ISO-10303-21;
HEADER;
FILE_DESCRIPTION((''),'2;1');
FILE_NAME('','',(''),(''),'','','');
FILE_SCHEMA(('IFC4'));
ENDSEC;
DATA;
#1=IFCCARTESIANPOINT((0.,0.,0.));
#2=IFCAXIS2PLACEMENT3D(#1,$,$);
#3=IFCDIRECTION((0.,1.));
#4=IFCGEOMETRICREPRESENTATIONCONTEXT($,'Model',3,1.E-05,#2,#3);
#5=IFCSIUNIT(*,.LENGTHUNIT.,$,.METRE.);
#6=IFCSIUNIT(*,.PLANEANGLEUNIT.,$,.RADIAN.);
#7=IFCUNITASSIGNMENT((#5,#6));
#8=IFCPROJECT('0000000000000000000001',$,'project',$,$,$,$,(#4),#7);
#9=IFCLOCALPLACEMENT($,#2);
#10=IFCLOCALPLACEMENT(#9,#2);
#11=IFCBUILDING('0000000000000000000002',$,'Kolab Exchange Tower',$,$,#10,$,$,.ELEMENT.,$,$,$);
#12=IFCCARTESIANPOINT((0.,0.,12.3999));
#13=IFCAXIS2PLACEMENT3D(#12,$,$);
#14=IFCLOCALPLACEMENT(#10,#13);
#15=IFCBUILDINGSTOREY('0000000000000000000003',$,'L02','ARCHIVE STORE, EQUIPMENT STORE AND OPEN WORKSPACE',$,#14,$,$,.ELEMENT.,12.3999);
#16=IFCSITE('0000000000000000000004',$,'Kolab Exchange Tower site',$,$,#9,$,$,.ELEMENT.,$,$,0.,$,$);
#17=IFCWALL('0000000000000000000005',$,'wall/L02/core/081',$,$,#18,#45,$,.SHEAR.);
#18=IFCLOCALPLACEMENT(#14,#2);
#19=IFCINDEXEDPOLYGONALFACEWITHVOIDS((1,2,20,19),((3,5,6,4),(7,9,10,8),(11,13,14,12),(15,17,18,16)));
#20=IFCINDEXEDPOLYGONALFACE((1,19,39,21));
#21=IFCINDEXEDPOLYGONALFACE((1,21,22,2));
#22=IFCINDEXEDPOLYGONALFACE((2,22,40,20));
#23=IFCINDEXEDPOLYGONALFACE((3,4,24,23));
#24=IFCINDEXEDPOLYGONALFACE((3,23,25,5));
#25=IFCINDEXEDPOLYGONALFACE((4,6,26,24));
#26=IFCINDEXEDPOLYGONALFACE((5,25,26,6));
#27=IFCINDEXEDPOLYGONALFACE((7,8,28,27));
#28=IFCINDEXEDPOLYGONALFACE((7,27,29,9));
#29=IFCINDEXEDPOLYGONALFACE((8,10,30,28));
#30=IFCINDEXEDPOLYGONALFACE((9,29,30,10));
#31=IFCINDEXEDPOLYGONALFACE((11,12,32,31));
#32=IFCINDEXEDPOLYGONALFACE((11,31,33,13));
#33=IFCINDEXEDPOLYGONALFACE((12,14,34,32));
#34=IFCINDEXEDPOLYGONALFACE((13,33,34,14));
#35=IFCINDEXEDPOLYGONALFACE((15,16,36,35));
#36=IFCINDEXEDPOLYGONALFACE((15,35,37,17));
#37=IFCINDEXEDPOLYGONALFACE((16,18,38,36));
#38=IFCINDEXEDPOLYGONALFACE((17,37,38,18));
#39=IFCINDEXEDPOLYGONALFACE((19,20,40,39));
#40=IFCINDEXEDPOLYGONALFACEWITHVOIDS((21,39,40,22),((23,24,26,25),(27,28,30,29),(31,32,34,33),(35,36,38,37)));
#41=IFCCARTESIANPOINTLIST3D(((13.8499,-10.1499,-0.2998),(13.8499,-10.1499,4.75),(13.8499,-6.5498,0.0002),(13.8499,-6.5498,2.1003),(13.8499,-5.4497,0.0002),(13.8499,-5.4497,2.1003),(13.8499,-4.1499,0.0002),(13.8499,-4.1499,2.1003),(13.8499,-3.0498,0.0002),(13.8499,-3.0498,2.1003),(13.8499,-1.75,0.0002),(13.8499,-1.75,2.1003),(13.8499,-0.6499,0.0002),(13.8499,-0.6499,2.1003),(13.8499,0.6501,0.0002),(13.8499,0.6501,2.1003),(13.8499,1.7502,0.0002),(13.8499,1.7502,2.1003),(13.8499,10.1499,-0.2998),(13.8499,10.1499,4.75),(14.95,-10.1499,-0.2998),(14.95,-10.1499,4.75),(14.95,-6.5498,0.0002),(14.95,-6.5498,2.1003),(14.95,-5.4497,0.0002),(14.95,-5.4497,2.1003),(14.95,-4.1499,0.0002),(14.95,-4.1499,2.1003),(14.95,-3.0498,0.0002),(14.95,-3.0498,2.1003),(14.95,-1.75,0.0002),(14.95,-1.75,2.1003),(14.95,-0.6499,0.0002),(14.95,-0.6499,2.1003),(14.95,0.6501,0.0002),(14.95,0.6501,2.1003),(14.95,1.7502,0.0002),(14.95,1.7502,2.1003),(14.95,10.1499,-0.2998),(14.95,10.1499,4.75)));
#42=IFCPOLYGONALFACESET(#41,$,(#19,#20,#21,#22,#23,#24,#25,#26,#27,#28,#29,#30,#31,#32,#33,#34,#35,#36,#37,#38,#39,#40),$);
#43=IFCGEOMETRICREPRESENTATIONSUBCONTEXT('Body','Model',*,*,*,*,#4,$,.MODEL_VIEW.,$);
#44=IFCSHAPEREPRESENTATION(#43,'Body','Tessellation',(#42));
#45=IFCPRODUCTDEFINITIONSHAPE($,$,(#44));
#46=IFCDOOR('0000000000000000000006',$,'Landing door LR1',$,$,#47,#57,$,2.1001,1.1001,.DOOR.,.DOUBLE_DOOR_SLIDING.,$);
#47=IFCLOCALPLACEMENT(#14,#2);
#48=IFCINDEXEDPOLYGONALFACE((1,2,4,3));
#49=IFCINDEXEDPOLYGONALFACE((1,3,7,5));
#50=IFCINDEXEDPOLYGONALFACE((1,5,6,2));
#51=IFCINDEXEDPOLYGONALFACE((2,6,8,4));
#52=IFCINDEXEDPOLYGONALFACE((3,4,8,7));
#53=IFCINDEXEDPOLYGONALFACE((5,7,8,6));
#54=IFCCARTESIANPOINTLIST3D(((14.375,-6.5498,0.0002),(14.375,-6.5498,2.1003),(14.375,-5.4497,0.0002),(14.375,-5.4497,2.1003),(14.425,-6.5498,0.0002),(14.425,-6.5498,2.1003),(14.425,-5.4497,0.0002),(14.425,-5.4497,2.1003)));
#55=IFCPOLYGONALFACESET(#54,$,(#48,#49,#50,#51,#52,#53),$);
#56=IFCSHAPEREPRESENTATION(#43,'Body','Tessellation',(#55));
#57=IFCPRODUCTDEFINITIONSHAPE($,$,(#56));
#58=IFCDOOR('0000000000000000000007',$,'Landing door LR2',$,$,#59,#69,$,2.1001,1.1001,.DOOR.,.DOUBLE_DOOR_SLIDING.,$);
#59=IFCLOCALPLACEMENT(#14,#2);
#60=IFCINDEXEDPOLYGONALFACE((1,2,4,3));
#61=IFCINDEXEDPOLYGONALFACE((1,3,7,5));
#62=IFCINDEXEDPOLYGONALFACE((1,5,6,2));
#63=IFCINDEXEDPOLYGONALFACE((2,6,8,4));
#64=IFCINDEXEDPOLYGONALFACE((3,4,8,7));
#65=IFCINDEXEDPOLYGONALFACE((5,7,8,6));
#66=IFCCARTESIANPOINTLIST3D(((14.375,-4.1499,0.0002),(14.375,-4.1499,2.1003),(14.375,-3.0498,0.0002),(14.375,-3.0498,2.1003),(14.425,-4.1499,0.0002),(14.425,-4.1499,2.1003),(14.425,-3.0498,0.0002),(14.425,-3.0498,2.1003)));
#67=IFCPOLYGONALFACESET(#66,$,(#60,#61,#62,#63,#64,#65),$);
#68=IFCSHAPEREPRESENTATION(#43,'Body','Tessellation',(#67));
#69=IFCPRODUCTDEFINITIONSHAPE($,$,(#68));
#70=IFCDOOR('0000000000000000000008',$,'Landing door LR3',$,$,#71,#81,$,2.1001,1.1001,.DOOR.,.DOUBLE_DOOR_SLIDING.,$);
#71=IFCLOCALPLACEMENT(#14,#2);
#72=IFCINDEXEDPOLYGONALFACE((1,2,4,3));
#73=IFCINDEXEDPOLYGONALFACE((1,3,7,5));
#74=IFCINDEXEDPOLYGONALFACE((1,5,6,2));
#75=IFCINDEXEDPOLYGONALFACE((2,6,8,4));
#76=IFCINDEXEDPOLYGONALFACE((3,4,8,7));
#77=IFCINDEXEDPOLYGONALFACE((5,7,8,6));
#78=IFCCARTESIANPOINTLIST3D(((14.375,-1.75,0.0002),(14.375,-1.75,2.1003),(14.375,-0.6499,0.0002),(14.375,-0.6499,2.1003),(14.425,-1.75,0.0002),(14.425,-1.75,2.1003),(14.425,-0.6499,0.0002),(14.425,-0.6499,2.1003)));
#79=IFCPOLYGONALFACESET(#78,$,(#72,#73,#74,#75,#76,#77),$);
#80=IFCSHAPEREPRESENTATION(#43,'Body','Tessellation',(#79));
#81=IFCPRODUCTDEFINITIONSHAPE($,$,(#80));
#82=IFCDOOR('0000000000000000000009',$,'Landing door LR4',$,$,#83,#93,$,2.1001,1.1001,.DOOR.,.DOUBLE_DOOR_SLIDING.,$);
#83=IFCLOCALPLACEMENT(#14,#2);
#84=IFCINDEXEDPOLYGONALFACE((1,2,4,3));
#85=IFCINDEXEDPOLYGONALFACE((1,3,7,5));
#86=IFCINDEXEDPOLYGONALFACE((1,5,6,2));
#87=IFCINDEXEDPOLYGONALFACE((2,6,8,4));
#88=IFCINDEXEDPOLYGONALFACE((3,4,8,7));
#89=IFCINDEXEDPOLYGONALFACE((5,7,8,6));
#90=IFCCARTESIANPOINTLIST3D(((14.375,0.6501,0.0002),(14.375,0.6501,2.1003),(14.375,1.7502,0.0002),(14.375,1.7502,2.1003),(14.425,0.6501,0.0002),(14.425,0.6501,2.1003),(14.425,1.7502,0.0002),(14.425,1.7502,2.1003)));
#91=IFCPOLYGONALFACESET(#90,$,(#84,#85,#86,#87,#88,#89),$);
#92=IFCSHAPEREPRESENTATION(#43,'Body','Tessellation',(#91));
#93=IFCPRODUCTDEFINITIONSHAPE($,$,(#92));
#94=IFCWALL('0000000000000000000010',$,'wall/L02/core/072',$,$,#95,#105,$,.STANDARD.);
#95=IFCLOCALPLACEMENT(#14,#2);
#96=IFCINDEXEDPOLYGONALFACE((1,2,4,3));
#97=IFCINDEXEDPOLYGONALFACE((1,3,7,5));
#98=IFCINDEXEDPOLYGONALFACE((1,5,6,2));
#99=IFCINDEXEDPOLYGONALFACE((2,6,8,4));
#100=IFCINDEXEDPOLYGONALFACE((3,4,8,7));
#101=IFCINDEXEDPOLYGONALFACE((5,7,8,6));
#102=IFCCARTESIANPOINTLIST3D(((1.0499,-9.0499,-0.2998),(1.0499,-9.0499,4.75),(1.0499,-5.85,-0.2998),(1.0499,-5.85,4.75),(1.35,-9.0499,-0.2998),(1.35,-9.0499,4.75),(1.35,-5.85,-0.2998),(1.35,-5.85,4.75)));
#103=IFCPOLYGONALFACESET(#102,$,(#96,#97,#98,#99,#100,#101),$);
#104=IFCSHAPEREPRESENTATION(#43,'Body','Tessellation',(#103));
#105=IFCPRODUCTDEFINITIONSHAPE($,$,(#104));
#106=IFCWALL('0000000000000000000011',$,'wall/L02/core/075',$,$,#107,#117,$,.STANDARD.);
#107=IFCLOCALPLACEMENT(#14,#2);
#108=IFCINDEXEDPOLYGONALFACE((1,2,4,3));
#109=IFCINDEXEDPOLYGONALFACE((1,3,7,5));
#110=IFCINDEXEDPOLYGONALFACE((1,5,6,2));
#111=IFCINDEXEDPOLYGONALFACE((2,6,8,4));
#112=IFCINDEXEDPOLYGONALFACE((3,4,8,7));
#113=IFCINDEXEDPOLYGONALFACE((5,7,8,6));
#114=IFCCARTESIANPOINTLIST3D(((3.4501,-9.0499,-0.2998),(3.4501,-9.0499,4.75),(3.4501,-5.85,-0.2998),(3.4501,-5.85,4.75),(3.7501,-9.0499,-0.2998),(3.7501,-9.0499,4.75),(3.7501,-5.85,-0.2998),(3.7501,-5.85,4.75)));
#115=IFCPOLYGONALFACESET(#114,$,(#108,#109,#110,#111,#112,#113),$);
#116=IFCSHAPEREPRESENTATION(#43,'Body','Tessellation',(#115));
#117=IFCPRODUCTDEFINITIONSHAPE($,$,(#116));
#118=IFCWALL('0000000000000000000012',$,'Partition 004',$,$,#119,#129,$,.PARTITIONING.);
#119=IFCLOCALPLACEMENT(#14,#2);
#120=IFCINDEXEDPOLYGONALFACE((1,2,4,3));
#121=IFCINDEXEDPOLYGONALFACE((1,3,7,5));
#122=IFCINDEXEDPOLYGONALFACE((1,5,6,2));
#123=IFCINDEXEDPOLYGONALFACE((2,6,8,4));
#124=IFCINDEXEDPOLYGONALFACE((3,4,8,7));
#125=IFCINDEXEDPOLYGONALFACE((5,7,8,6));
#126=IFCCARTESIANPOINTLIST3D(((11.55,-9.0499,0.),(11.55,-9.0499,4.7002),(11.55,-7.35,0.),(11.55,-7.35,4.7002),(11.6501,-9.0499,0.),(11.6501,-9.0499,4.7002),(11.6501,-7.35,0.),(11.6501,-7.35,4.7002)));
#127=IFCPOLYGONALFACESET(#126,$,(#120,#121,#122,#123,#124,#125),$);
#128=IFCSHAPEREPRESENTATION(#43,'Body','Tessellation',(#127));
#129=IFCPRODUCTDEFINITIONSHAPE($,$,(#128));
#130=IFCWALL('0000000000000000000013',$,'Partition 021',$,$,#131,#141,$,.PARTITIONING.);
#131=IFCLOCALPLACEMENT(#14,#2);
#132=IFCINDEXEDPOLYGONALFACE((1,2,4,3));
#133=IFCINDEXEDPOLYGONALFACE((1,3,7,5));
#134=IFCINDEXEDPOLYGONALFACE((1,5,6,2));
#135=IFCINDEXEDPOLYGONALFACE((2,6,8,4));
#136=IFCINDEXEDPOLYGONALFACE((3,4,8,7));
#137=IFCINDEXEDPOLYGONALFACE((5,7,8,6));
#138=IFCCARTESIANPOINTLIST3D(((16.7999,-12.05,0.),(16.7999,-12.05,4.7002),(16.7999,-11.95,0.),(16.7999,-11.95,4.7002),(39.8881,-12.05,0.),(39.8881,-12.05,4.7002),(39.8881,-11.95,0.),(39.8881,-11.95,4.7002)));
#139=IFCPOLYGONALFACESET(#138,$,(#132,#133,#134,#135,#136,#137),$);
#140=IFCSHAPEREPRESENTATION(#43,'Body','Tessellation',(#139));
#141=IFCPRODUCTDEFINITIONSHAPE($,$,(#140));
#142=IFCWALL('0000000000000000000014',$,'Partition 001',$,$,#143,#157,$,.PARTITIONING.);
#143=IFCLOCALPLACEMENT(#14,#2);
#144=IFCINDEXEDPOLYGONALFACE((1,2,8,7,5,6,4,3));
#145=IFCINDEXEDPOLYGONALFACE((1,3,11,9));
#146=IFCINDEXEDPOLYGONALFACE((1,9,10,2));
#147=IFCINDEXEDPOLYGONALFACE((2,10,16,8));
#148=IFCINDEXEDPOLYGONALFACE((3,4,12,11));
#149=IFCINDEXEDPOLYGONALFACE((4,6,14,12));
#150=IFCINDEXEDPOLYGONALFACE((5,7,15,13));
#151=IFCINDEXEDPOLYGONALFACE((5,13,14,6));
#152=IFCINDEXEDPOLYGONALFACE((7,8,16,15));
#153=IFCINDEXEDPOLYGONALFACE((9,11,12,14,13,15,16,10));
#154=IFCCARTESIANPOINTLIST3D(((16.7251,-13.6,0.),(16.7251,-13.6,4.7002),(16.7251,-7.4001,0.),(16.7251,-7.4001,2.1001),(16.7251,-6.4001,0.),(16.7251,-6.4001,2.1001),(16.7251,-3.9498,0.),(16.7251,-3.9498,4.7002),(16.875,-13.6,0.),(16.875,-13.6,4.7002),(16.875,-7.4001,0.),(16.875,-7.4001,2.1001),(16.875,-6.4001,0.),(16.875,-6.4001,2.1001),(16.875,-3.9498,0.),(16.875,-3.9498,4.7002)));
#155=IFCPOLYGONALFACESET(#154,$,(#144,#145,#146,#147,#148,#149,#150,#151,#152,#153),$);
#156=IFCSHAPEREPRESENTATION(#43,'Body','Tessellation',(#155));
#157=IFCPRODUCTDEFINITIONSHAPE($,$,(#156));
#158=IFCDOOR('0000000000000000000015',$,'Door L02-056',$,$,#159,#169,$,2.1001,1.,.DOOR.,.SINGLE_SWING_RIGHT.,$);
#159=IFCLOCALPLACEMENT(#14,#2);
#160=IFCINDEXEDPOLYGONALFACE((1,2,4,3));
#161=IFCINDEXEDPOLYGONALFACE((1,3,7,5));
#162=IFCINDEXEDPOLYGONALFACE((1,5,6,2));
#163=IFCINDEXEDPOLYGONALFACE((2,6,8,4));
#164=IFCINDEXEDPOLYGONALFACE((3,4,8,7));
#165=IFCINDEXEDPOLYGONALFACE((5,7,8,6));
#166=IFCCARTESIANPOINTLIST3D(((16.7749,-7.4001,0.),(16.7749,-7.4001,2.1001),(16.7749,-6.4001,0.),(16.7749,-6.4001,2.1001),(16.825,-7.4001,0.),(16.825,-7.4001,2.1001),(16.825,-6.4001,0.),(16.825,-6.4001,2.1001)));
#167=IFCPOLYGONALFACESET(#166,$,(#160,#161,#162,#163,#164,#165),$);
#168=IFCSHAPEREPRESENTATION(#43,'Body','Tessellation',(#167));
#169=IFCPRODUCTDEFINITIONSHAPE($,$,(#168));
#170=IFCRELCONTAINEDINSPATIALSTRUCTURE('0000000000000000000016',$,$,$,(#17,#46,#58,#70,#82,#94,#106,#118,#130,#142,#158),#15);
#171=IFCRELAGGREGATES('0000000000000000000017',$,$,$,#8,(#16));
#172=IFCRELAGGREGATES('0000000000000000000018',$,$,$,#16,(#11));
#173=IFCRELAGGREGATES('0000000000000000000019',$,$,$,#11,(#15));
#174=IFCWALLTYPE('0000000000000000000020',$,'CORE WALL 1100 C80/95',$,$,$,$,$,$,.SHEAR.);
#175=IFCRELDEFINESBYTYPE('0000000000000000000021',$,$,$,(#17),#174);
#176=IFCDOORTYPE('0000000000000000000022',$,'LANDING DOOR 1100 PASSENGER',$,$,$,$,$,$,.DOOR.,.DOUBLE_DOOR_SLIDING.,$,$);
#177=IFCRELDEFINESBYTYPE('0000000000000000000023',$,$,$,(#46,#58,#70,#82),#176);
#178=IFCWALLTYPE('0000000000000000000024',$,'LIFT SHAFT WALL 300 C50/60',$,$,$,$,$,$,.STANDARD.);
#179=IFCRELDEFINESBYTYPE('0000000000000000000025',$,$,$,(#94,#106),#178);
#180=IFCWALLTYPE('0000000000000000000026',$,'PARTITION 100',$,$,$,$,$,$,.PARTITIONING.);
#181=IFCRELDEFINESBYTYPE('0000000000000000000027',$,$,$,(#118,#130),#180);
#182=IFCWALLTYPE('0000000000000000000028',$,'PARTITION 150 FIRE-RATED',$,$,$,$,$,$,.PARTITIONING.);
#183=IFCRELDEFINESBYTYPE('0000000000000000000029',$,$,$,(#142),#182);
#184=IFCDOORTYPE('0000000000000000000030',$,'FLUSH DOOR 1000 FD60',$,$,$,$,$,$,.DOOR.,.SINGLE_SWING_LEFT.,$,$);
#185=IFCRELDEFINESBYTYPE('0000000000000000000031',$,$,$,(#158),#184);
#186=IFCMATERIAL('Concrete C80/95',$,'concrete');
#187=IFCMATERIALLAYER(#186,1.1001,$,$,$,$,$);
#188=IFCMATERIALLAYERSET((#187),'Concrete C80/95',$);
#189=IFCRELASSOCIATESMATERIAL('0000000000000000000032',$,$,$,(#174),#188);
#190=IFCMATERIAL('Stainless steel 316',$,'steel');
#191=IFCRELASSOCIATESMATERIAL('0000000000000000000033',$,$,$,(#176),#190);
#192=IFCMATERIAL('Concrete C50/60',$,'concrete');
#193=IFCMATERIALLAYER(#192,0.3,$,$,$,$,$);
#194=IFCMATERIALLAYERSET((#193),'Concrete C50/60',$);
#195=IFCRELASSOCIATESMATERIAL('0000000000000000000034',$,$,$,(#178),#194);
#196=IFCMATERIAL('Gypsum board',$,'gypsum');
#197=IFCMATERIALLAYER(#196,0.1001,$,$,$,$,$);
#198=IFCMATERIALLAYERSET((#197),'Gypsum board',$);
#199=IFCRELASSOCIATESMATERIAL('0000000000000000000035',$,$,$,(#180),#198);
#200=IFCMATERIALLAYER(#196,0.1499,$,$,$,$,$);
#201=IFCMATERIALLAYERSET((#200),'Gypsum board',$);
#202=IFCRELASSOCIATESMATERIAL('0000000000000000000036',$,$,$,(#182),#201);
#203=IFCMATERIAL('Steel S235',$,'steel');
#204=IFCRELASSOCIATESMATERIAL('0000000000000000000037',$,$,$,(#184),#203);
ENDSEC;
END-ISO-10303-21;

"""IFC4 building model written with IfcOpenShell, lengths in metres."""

from ifc_helpers import new_model, si_unit, direction, frame, frame_2d, origin, place, context, subcontext, project, spatial, rectangle, extrude, material, layer, layer_set, type_object, element, fill, save


model = new_model("IFC4")

# Units and contexts
model_context = context("Model", 3, precision=1e-05, world=origin(), true_north=direction((0.0, 1.0)))
body_context = subcontext(model_context, "Body", "Model", "MODEL_VIEW")
ifc_project = project(units=[si_unit("LENGTHUNIT", "METRE"), si_unit("PLANEANGLEUNIT", "RADIAN")], contexts=[model_context])

# Site, building, storey
site_placement = place(None, origin())
site = spatial("IfcSite", under=ifc_project, at=site_placement, Name="Kolab Exchange Tower site", CompositionType="ELEMENT", RefElevation=0.0)
building_placement = place(site_placement, origin())
building = spatial("IfcBuilding", under=site, at=building_placement, Name="Kolab Exchange Tower", CompositionType="ELEMENT")
storey_placement = place(building_placement, frame((0.0, 0.0, 12.3999)))
storey = spatial("IfcBuildingStorey", under=building, at=storey_placement, Name="L02", Description="ARCHIVE STORE, EQUIPMENT STORE AND OPEN WORKSPACE", CompositionType="ELEMENT", Elevation=12.3999)

# Shared definitions
ifc_material_1 = material(Name="Concrete C80/95", Category="concrete")
ifc_layer_1 = layer(ifc_material_1, 1.1001)
ifc_layer_set_1 = layer_set([ifc_layer_1], Name="Concrete C80/95")
wall_type_1 = type_object("IfcWallType", Name="CORE WALL 1100 C80/95", PredefinedType="SHEAR", material=ifc_layer_set_1)
ifc_material_2 = material(Name="Steel S235", Category="steel")

# Wall, openings, doors
wall_1_placement = place(storey_placement, frame((14.3999, -10.1499, -0.2998), z_axis=(0.0, 0.0, 1.0), x_axis=(0.0, 1.0, 0.0)))
wall_1 = element("IfcWall", 1, at=wall_1_placement, inside=storey, type_object=wall_type_1, Name="wall/L02/core/081", PredefinedType="SHEAR", context=body_context, shape_type="SweptSolid", body=[
    extrude(rectangle(XDim=20.2998, YDim=1.1001, at=frame_2d((10.1499, 0.0))), origin(), (0.0, 0.0, 1.0), 5.0498),
])
opening_1_placement = place(wall_1_placement, frame((3.6001, 0.0, 0.3)))
opening_1 = element("IfcOpeningElement", 2, at=opening_1_placement, cuts=wall_1, PredefinedType="OPENING", context=body_context, shape_type="SweptSolid", body=[
    extrude(rectangle(XDim=1.1001, YDim=2.1001, at=frame_2d((0.55, 1.05))), frame((0.0, 0.5601, 0.0), z_axis=(0.0, -1.0, 0.0), x_axis=(1.0, 0.0, 0.0)), (0.0, 0.0, 1.0), 1.1201),
])
opening_2_placement = place(wall_1_placement, frame((6.0, 0.0, 0.3)))
opening_2 = element("IfcOpeningElement", 3, at=opening_2_placement, cuts=wall_1, PredefinedType="OPENING", context=body_context, shape_type="SweptSolid", body=[
    extrude(rectangle(XDim=1.1001, YDim=2.1001, at=frame_2d((0.55, 1.05))), frame((0.0, 0.5601, 0.0), z_axis=(0.0, -1.0, 0.0), x_axis=(1.0, 0.0, 0.0)), (0.0, 0.0, 1.0), 1.1201),
])
opening_3_placement = place(wall_1_placement, frame((8.3999, 0.0, 0.3)))
opening_3 = element("IfcOpeningElement", 4, at=opening_3_placement, cuts=wall_1, PredefinedType="OPENING", context=body_context, shape_type="SweptSolid", body=[
    extrude(rectangle(XDim=1.1001, YDim=2.1001, at=frame_2d((0.55, 1.05))), frame((0.0, 0.5601, 0.0), z_axis=(0.0, -1.0, 0.0), x_axis=(1.0, 0.0, 0.0)), (0.0, 0.0, 1.0), 1.1201),
])
opening_4_placement = place(wall_1_placement, frame((10.8, 0.0, 0.3)))
opening_4 = element("IfcOpeningElement", 5, at=opening_4_placement, cuts=wall_1, PredefinedType="OPENING", context=body_context, shape_type="SweptSolid", body=[
    extrude(rectangle(XDim=1.1001, YDim=2.1001, at=frame_2d((0.55, 1.05))), frame((0.0, 0.5601, 0.0), z_axis=(0.0, -1.0, 0.0), x_axis=(1.0, 0.0, 0.0)), (0.0, 0.0, 1.0), 1.1201),
])
ifc_material_3 = material(Name="Stainless steel 316", Category="steel")
door_type_1 = type_object("IfcDoorType", Name="LANDING DOOR 1100 PASSENGER", OperationType="DOUBLE_DOOR_SLIDING", PredefinedType="DOOR", material=ifc_material_3)
door_1_placement = place(opening_1_placement, origin())
door_1 = element("IfcDoor", 6, at=door_1_placement, inside=storey, type_object=door_type_1, Name="Landing door LR1", OperationType="DOUBLE_DOOR_SLIDING", OverallHeight=2.1001, OverallWidth=1.1001, PredefinedType="DOOR", context=body_context, shape_type="SweptSolid", body=[
    extrude(rectangle(XDim=1.1001, YDim=2.1001, at=frame_2d((0.55, 1.05))), frame((0.0, 0.0249, 0.0), z_axis=(0.0, -1.0, 0.0), x_axis=(1.0, 0.0, 0.0)), (0.0, 0.0, 1.0), 0.05),
])
fill(opening_1, door_1)
door_2_placement = place(opening_2_placement, origin())
door_2 = element("IfcDoor", 7, at=door_2_placement, inside=storey, type_object=door_type_1, Name="Landing door LR2", OperationType="DOUBLE_DOOR_SLIDING", OverallHeight=2.1001, OverallWidth=1.1001, PredefinedType="DOOR", context=body_context, shape_type="SweptSolid", body=[
    extrude(rectangle(XDim=1.1001, YDim=2.1001, at=frame_2d((0.55, 1.05))), frame((0.0, 0.0249, 0.0), z_axis=(0.0, -1.0, 0.0), x_axis=(1.0, 0.0, 0.0)), (0.0, 0.0, 1.0), 0.05),
])
fill(opening_2, door_2)
door_3_placement = place(opening_3_placement, origin())
door_3 = element("IfcDoor", 8, at=door_3_placement, inside=storey, type_object=door_type_1, Name="Landing door LR3", OperationType="DOUBLE_DOOR_SLIDING", OverallHeight=2.1001, OverallWidth=1.1001, PredefinedType="DOOR", context=body_context, shape_type="SweptSolid", body=[
    extrude(rectangle(XDim=1.1001, YDim=2.1001, at=frame_2d((0.55, 1.05))), frame((0.0, 0.0249, 0.0), z_axis=(0.0, -1.0, 0.0), x_axis=(1.0, 0.0, 0.0)), (0.0, 0.0, 1.0), 0.05),
])
fill(opening_3, door_3)
door_4_placement = place(opening_4_placement, origin())
door_4 = element("IfcDoor", 9, at=door_4_placement, inside=storey, type_object=door_type_1, Name="Landing door LR4", OperationType="DOUBLE_DOOR_SLIDING", OverallHeight=2.1001, OverallWidth=1.1001, PredefinedType="DOOR", context=body_context, shape_type="SweptSolid", body=[
    extrude(rectangle(XDim=1.1001, YDim=2.1001, at=frame_2d((0.55, 1.05))), frame((0.0, 0.0249, 0.0), z_axis=(0.0, -1.0, 0.0), x_axis=(1.0, 0.0, 0.0)), (0.0, 0.0, 1.0), 0.05),
])
fill(opening_4, door_4)

# Walls
ifc_material_4 = material(Name="Concrete C50/60", Category="concrete")
ifc_layer_2 = layer(ifc_material_4, 0.3)
ifc_layer_set_2 = layer_set([ifc_layer_2], Name="Concrete C50/60")
wall_type_2 = type_object("IfcWallType", Name="LIFT SHAFT WALL 300 C50/60", PredefinedType="STANDARD", material=ifc_layer_set_2)
for number, where, z_axis, x_axis, name in (
    (10, (1.2, -9.05, -0.2998), (0.0, 0.0, 1.0), (0.0, 1.0, 0.0), "wall/L02/core/072"),
    (11, (3.6001, -9.05, -0.2998), (0.0, 0.0, 1.0), (0.0, 1.0, 0.0), "wall/L02/core/075"),
):
    element("IfcWall", number, at=place(storey_placement, frame(where, z_axis=z_axis, x_axis=x_axis)), inside=storey, type_object=wall_type_2, Name=name, PredefinedType="STANDARD", context=body_context, shape_type="SweptSolid", body=[
        extrude(rectangle(XDim=3.2, YDim=0.3, at=frame_2d((1.6001, 0.0))), origin(), (0.0, 0.0, 1.0), 5.0498),
    ])
ifc_material_5 = material(Name="Gypsum board", Category="gypsum")
ifc_layer_3 = layer(ifc_material_5, 0.1001)
ifc_layer_set_3 = layer_set([ifc_layer_3], Name="Gypsum board")
wall_type_3 = type_object("IfcWallType", Name="PARTITION 100", PredefinedType="PARTITIONING", material=ifc_layer_set_3)
wall_2_placement = place(storey_placement, frame((11.6001, -9.05, 0.0), z_axis=(0.0, 0.0, 1.0), x_axis=(0.0, 1.0, 0.0)))
element("IfcWall", 12, at=wall_2_placement, inside=storey, type_object=wall_type_3, Name="Partition 004", PredefinedType="PARTITIONING", context=body_context, shape_type="SweptSolid", body=[
    extrude(rectangle(XDim=1.7, YDim=0.1001, at=frame_2d((0.8501, 0.0))), origin(), (0.0, 0.0, 1.0), 4.7002),
])
wall_3_placement = place(storey_placement, frame((16.8, -12.0, 0.0), z_axis=(0.0, 0.0, 1.0), x_axis=(1.0, 0.0, 0.0)))
element("IfcWall", 13, at=wall_3_placement, inside=storey, type_object=wall_type_3, Name="Partition 021", PredefinedType="PARTITIONING", context=body_context, shape_type="SweptSolid", body=[
    extrude(rectangle(XDim=23.0881, YDim=0.1001, at=frame_2d((11.5439, 0.0))), origin(), (0.0, 0.0, 1.0), 4.7002),
])

# Wall, opening, door
ifc_layer_4 = layer(ifc_material_5, 0.1499)
ifc_layer_set_4 = layer_set([ifc_layer_4], Name="Gypsum board")
wall_type_4 = type_object("IfcWallType", Name="PARTITION 150 FIRE-RATED", PredefinedType="PARTITIONING", material=ifc_layer_set_4)
wall_4_placement = place(storey_placement, frame((16.8, -13.6001, 0.0), z_axis=(0.0, 0.0, 1.0), x_axis=(0.0, 1.0, 0.0)))
wall_4 = element("IfcWall", 14, at=wall_4_placement, inside=storey, type_object=wall_type_4, Name="Partition 001", PredefinedType="PARTITIONING", context=body_context, shape_type="SweptSolid", body=[
    extrude(rectangle(XDim=9.6501, YDim=0.1499, at=frame_2d((4.8252, 0.0))), origin(), (0.0, 0.0, 1.0), 4.7002),
])
opening_5_placement = place(wall_4_placement, frame((6.2, 0.0, 0.0)))
opening_5 = element("IfcOpeningElement", 15, at=opening_5_placement, cuts=wall_4, PredefinedType="OPENING", context=body_context, shape_type="SweptSolid", body=[
    extrude(rectangle(XDim=1.0, YDim=2.1001, at=frame_2d((0.5, 1.05))), frame((0.0, 0.085, 0.0), z_axis=(0.0, -1.0, 0.0), x_axis=(1.0, 0.0, 0.0)), (0.0, 0.0, 1.0), 0.1699),
])
door_type_2 = type_object("IfcDoorType", Name="FLUSH DOOR 1000 FD60", OperationType="SINGLE_SWING_LEFT", PredefinedType="DOOR", material=ifc_material_2)
door_5_placement = place(opening_5_placement, frame((1.0, 0.0, 0.0), z_axis=(0.0, 0.0, 1.0), x_axis=(-1.0, 0.0, 0.0)))
door_5 = element("IfcDoor", 16, at=door_5_placement, inside=storey, type_object=door_type_2, Name="Door L02-056", OperationType="SINGLE_SWING_RIGHT", OverallHeight=2.1001, OverallWidth=1.0, PredefinedType="DOOR", context=body_context, shape_type="SweptSolid", body=[
    extrude(rectangle(XDim=1.0, YDim=2.1001, at=frame_2d((0.5, 1.05))), frame((0.0, 0.0249, 0.0), z_axis=(0.0, -1.0, 0.0), x_axis=(1.0, 0.0, 0.0)), (0.0, 0.0, 1.0), 0.05),
])
fill(opening_5, door_5)

save(model, "model.ifc")
